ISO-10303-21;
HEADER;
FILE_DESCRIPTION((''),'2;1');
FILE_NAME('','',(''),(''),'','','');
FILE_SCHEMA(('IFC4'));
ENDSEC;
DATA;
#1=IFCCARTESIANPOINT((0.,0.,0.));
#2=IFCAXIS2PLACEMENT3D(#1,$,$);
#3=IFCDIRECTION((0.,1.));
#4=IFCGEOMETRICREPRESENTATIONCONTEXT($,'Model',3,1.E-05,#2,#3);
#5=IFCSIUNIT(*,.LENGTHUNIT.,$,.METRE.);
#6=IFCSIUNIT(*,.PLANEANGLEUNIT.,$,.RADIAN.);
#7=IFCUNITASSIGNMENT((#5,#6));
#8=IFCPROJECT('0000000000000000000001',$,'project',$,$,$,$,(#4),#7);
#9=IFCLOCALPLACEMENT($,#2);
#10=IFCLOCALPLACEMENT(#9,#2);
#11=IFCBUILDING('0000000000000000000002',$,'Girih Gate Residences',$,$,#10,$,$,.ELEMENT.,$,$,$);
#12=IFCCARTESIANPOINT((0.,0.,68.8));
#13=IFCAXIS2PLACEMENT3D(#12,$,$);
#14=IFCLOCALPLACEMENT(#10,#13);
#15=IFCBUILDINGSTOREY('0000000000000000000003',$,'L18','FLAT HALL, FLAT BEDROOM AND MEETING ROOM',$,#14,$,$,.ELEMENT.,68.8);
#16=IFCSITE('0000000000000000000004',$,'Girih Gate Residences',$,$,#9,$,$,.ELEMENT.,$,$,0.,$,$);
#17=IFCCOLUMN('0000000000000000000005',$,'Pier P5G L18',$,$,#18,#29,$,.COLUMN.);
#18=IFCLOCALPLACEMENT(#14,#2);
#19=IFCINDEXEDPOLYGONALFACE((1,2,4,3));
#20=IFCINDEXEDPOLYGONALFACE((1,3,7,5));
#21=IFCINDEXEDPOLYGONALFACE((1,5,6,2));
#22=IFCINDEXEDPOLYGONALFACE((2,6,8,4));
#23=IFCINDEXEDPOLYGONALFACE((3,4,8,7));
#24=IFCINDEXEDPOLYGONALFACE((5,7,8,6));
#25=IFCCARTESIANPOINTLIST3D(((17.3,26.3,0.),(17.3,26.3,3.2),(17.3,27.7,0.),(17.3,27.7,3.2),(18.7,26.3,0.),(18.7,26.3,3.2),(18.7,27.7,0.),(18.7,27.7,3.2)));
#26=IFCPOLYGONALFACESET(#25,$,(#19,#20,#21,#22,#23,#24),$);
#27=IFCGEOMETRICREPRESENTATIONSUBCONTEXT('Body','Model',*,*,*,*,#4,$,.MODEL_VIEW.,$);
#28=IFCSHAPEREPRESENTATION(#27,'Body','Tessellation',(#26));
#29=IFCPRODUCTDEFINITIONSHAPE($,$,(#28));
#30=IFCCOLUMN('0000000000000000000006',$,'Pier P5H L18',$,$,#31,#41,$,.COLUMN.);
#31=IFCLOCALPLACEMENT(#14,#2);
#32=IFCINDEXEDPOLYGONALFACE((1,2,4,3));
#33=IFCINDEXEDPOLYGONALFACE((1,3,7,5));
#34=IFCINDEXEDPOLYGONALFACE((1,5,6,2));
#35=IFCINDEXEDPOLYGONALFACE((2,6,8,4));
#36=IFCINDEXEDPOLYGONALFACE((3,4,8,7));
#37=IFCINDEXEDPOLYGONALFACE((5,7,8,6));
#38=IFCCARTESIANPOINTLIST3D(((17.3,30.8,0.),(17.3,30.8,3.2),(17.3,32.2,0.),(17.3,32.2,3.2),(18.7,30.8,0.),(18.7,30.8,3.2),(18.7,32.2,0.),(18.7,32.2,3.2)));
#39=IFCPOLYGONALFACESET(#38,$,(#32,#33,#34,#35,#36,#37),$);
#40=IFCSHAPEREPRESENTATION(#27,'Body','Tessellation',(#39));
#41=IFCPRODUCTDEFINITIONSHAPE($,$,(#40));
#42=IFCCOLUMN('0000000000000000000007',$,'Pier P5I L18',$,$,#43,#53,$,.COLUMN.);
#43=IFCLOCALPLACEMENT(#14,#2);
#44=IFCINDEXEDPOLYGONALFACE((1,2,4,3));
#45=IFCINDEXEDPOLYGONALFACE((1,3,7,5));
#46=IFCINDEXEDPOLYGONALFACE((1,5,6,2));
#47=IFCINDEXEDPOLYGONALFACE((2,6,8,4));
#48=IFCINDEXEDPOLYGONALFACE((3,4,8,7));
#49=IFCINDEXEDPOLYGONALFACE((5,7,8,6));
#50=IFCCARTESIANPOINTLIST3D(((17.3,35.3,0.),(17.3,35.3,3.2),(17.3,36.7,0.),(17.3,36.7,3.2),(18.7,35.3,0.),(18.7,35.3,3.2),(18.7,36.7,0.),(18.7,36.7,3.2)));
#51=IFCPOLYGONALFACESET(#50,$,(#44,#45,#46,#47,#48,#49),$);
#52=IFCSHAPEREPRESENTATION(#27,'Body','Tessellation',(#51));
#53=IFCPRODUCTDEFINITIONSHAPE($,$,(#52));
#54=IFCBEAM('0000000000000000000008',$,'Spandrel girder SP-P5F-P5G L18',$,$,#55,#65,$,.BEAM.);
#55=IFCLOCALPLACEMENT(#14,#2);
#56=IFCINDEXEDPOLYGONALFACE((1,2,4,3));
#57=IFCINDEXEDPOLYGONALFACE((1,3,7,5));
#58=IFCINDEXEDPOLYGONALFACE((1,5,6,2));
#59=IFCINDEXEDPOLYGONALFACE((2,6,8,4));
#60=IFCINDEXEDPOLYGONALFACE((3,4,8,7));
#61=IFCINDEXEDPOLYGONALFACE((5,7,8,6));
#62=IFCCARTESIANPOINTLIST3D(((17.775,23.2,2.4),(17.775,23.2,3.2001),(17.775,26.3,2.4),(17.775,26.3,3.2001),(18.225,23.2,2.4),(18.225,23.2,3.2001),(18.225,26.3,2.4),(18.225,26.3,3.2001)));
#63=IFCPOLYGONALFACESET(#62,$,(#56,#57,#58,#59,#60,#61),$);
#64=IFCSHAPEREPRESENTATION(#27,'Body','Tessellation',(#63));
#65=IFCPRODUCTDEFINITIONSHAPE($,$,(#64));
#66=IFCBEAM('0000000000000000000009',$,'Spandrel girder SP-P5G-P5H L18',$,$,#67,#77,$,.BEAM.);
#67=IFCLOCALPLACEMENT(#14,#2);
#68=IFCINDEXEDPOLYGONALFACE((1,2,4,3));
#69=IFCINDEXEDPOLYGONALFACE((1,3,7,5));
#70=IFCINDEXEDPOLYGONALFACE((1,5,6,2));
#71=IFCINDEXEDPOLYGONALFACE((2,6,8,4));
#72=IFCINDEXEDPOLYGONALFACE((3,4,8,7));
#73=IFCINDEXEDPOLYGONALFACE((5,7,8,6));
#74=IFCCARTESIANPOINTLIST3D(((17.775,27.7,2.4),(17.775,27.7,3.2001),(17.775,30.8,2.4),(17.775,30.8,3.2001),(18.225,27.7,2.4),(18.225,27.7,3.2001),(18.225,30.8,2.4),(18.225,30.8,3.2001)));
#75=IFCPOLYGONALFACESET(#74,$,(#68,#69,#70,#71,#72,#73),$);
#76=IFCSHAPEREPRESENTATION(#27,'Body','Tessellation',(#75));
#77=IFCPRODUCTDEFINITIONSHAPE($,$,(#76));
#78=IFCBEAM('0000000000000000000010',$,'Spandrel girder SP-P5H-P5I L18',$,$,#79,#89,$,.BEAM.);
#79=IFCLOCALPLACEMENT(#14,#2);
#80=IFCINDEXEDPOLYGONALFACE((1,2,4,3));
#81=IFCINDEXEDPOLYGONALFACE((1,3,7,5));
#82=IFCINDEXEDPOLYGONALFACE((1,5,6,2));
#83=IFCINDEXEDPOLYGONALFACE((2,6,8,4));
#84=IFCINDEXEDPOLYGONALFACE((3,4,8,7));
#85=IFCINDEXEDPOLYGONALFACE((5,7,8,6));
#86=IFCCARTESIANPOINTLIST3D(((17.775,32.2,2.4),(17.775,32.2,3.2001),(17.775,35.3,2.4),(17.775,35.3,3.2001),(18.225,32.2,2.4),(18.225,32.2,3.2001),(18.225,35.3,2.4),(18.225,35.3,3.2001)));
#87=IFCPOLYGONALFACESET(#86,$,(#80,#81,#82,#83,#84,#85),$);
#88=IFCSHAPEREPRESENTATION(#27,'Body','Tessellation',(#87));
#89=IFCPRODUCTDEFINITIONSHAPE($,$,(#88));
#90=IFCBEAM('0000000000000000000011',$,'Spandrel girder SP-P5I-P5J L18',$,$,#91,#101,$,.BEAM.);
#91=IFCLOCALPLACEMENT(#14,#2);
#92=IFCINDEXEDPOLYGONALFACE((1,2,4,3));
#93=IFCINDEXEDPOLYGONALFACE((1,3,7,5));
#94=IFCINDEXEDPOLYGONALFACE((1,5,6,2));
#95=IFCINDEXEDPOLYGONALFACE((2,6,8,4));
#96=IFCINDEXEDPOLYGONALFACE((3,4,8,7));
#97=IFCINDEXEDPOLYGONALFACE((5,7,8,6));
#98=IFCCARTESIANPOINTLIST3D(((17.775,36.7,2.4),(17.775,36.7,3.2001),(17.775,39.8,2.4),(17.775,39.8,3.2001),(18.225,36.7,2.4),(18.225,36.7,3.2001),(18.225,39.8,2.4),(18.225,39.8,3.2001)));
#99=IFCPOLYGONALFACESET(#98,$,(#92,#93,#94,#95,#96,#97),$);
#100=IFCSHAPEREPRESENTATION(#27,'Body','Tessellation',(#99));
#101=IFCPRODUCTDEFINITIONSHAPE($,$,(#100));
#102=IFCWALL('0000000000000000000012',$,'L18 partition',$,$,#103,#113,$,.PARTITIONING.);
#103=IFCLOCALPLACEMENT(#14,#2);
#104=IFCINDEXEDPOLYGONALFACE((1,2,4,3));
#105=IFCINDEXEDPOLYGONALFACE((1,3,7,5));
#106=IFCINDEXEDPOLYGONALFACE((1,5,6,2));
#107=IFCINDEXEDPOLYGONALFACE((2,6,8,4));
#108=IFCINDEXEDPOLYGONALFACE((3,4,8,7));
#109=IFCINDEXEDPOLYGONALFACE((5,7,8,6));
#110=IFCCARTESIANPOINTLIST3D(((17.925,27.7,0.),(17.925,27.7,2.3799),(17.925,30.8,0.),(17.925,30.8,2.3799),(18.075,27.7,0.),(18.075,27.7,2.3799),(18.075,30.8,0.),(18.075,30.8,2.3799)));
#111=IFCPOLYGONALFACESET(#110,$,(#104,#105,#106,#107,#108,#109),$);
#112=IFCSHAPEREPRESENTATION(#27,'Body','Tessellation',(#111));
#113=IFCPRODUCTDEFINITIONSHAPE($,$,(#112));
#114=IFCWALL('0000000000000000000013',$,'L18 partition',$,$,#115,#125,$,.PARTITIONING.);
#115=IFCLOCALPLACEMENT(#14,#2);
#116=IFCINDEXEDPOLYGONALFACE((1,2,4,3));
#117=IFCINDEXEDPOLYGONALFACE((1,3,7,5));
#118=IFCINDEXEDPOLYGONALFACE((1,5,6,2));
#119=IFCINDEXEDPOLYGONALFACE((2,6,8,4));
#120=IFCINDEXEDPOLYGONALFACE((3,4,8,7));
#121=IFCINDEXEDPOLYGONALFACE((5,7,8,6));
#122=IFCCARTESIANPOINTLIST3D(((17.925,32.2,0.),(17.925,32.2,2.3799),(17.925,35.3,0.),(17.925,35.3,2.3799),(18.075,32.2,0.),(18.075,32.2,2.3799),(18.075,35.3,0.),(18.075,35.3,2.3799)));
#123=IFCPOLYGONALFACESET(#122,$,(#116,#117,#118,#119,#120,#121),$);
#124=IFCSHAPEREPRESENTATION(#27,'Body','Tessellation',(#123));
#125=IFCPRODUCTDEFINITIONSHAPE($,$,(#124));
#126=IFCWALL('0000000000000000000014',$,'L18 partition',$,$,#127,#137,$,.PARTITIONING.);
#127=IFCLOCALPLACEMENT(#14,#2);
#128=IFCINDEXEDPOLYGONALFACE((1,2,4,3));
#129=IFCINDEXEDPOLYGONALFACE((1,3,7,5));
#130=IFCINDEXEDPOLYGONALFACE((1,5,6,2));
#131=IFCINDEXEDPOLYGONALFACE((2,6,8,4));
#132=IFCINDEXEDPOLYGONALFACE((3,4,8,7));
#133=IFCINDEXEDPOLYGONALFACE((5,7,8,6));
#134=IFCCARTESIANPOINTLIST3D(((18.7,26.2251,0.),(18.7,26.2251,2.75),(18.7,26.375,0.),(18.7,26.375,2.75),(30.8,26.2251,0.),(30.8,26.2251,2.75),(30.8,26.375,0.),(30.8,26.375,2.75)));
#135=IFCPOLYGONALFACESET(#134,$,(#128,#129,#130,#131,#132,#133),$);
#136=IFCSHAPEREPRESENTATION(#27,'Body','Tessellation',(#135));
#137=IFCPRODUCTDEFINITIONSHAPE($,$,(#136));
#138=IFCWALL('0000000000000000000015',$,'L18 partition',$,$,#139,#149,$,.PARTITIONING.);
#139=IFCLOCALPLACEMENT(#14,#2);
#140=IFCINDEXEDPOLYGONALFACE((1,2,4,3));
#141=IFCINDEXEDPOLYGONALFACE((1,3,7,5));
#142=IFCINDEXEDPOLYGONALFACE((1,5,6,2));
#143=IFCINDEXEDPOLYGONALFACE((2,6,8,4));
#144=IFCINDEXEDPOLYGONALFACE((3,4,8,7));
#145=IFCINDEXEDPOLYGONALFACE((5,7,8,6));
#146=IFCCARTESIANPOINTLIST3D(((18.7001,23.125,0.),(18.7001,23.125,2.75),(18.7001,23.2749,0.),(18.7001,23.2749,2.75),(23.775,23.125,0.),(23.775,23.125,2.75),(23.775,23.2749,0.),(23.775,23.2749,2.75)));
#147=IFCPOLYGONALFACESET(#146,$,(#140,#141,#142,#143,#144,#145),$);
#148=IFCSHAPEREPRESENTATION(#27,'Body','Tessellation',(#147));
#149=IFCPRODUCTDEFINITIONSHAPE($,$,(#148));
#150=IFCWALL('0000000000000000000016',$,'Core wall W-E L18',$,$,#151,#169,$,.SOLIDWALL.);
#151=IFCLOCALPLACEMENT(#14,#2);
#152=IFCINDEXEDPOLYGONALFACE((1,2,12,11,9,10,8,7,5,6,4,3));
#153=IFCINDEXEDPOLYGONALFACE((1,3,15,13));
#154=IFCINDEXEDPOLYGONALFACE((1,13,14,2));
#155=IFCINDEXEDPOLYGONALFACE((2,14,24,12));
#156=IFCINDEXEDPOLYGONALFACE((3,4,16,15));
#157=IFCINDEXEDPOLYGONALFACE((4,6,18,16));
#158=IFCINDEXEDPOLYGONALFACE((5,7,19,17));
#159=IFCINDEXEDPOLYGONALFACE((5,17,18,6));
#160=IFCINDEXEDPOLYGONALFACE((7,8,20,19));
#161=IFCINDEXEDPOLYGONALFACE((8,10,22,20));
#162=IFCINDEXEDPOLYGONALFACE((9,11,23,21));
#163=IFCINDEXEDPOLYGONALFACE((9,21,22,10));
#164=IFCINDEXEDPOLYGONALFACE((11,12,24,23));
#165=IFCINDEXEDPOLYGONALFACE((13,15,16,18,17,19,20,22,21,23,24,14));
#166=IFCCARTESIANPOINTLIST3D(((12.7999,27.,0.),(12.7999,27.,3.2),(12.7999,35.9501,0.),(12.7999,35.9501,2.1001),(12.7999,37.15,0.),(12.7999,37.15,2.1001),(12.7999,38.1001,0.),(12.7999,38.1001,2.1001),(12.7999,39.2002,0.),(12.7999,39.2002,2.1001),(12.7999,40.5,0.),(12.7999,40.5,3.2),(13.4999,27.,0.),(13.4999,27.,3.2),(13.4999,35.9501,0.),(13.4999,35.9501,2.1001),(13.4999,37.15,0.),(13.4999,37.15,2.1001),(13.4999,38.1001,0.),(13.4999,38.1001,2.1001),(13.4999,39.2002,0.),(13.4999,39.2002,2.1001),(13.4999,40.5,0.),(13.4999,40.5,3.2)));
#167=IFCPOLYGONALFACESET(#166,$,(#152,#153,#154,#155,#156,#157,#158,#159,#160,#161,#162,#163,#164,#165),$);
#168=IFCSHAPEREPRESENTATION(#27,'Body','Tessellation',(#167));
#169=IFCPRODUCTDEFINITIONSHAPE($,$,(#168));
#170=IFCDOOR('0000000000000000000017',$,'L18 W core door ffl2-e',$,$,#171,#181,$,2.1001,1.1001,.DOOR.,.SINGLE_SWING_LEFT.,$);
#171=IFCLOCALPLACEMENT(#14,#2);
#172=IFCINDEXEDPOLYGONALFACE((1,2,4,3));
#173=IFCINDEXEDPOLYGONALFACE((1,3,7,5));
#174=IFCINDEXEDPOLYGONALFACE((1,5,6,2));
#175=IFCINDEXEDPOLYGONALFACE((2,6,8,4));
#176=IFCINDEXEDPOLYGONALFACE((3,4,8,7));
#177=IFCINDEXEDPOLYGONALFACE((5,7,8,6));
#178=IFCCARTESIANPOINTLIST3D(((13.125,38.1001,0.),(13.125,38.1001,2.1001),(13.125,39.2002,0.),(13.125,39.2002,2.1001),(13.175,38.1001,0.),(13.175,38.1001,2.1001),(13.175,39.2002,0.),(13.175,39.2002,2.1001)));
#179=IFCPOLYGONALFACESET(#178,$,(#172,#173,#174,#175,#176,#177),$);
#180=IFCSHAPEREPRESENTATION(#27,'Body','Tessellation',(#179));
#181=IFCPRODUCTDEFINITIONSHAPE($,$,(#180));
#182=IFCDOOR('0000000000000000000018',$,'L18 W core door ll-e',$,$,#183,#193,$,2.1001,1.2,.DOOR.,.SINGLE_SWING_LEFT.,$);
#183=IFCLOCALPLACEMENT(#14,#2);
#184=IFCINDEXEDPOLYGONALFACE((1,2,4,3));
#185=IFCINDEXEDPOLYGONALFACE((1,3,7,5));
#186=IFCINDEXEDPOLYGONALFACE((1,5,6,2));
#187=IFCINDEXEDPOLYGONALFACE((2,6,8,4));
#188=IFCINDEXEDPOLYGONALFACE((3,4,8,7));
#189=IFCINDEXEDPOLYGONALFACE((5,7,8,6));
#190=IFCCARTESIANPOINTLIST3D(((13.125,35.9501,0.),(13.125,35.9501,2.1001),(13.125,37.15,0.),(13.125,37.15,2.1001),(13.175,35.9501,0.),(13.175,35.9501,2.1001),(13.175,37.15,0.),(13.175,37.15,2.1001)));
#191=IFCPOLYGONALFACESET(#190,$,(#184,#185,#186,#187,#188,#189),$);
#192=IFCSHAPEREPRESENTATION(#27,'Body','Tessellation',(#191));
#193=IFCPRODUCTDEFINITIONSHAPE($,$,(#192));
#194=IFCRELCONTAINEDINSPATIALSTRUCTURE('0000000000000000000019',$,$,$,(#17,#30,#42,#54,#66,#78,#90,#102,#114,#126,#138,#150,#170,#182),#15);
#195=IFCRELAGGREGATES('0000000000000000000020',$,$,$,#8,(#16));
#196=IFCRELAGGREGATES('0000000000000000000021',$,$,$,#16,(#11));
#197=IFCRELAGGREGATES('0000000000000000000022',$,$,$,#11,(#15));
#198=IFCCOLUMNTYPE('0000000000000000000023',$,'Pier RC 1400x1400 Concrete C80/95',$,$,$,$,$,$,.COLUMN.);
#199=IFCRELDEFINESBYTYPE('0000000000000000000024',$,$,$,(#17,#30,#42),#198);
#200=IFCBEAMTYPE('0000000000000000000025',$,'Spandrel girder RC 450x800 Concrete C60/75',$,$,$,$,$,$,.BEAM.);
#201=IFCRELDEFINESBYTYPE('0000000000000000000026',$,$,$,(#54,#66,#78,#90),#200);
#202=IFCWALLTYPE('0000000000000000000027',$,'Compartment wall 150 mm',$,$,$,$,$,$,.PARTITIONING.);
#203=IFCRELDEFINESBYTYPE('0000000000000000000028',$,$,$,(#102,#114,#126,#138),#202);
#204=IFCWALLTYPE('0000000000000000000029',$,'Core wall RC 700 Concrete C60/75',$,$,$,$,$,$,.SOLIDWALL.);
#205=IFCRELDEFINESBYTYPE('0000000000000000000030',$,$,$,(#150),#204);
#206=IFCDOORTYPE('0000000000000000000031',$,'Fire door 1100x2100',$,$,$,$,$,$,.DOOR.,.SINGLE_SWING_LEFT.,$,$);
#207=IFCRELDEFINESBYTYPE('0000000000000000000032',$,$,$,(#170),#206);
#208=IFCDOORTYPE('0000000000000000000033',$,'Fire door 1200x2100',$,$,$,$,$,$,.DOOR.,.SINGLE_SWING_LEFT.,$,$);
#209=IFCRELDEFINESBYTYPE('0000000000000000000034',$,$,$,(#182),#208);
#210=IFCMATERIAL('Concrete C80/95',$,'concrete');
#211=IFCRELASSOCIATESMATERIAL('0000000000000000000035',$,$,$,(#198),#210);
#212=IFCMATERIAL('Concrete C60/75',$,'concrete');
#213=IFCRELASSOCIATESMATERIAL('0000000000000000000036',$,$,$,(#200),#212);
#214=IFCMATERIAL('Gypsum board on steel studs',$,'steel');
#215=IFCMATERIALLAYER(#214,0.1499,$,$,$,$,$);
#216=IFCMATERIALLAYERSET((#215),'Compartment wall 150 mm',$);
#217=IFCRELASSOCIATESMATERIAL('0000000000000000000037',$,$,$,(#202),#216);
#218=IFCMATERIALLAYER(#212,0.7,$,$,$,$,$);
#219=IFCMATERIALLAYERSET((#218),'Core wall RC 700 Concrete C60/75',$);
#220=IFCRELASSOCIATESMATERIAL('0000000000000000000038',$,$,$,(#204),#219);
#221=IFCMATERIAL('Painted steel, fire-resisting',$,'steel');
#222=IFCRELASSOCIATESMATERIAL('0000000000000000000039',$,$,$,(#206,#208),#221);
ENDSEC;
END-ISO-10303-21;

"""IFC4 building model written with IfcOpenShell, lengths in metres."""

from ifc_helpers import new_model, si_unit, direction, frame, frame_2d, origin, origin_2d, place, context, subcontext, project, spatial, rectangle, extrude, material, layer, layer_set, material_profile, profile_set, type_object, element, fill, save


model = new_model("IFC4")

# Units and contexts
model_context = context("Model", 3, precision=1e-05, world=origin(), true_north=direction((0.0, 1.0)))
body_context = subcontext(model_context, "Body", "Model", "MODEL_VIEW")
ifc_project = project(units=[si_unit("LENGTHUNIT", "METRE"), si_unit("PLANEANGLEUNIT", "RADIAN")], contexts=[model_context])

# Site, building, storey
site_placement = place(None, origin())
site = spatial("IfcSite", under=ifc_project, at=site_placement, Name="Girih Gate Residences", CompositionType="ELEMENT", RefElevation=0.0)
building_placement = place(site_placement, origin())
building = spatial("IfcBuilding", under=site, at=building_placement, Name="Girih Gate Residences", CompositionType="ELEMENT")
storey_placement = place(building_placement, frame((0.0, 0.0, 68.8)))
storey = spatial("IfcBuildingStorey", under=building, at=storey_placement, Name="L18", Description="FLAT HALL, FLAT BEDROOM AND MEETING ROOM", CompositionType="ELEMENT", Elevation=68.8)

# Columns
ifc_material_1 = material(Name="Concrete C80/95", Category="concrete")
ifc_material_profile_1 = material_profile(ifc_material_1, rectangle(XDim=1.3999, YDim=1.3999, at=origin_2d()))
ifc_profile_set_1 = profile_set([ifc_material_profile_1], Name="Concrete C80/95")
column_type = type_object("IfcColumnType", Name="Pier RC 1400x1400 Concrete C80/95", PredefinedType="COLUMN", material=ifc_profile_set_1)
for number, where, z_axis, x_axis, name in (
    (1, (18.0, 27.0, 0.0), (0.0, 0.0, 1.0), (1.0, 0.0, 0.0), "Pier P5G L18"),
    (2, (18.0, 31.5, 0.0), (0.0, 0.0, 1.0), (1.0, 0.0, 0.0), "Pier P5H L18"),
    (3, (18.0, 36.0, 0.0), (0.0, 0.0, 1.0), (1.0, 0.0, 0.0), "Pier P5I L18"),
):
    element("IfcColumn", number, at=place(storey_placement, frame(where, z_axis=z_axis, x_axis=x_axis)), inside=storey, type_object=column_type, Name=name, PredefinedType="COLUMN", context=body_context, shape_type="SweptSolid", body=[
        extrude(rectangle(XDim=1.3999, YDim=1.3999, at=origin_2d()), origin(), (0.0, 0.0, 1.0), 3.2),
    ])

# Beams
ifc_material_2 = material(Name="Concrete C60/75", Category="concrete")
ifc_material_profile_2 = material_profile(ifc_material_2, rectangle(XDim=0.45, YDim=0.8, at=origin_2d()))
ifc_profile_set_2 = profile_set([ifc_material_profile_2], Name="Concrete C60/75")
beam_type = type_object("IfcBeamType", Name="Spandrel girder RC 450x800 Concrete C60/75", PredefinedType="BEAM", material=ifc_profile_set_2)
for number, where, z_axis, x_axis, name in (
    (4, (18.0, 23.2, 2.8), (0.0, 1.0, 0.0), (-1.0, 0.0, 0.0), "Spandrel girder SP-P5F-P5G L18"),
    (5, (18.0, 27.7, 2.8), (0.0, 1.0, 0.0), (-1.0, 0.0, 0.0), "Spandrel girder SP-P5G-P5H L18"),
    (6, (18.0, 32.2, 2.8), (0.0, 1.0, 0.0), (-1.0, 0.0, 0.0), "Spandrel girder SP-P5H-P5I L18"),
    (7, (18.0, 36.7, 2.8), (0.0, 1.0, 0.0), (-1.0, 0.0, 0.0), "Spandrel girder SP-P5I-P5J L18"),
):
    element("IfcBeam", number, at=place(storey_placement, frame(where, z_axis=z_axis, x_axis=x_axis)), inside=storey, type_object=beam_type, Name=name, PredefinedType="BEAM", context=body_context, shape_type="SweptSolid", body=[
        extrude(rectangle(XDim=0.45, YDim=0.8, at=origin_2d()), origin(), (0.0, 0.0, 1.0), 3.1001),
    ])

# Walls
ifc_material_3 = material(Name="Gypsum board on steel studs", Category="steel")
ifc_layer_1 = layer(ifc_material_3, 0.1499)
ifc_layer_set_1 = layer_set([ifc_layer_1], Name="Compartment wall 150 mm")
wall_type_1 = type_object("IfcWallType", Name="Compartment wall 150 mm", PredefinedType="PARTITIONING", material=ifc_layer_set_1)
for number, where, z_axis, x_axis, name in (
    (8, (18.0, 27.7, 0.0), (0.0, 0.0, 1.0), (0.0, 1.0, 0.0), "L18 partition"),
    (9, (18.0, 32.2, 0.0), (0.0, 0.0, 1.0), (0.0, 1.0, 0.0), "L18 partition"),
):
    element("IfcWall", number, at=place(storey_placement, frame(where, z_axis=z_axis, x_axis=x_axis)), inside=storey, type_object=wall_type_1, Name=name, PredefinedType="PARTITIONING", context=body_context, shape_type="SweptSolid", body=[
        extrude(rectangle(XDim=3.1001, YDim=0.1499, at=frame_2d((1.55, 0.0))), origin(), (0.0, 0.0, 1.0), 2.3799),
    ])
wall_1_placement = place(storey_placement, frame((18.7, 26.3, 0.0), z_axis=(0.0, 0.0, 1.0), x_axis=(1.0, 0.0, 0.0)))
element("IfcWall", 10, at=wall_1_placement, inside=storey, type_object=wall_type_1, Name="L18 partition", PredefinedType="PARTITIONING", context=body_context, shape_type="SweptSolid", body=[
    extrude(rectangle(XDim=12.1001, YDim=0.1499, at=frame_2d((6.05, 0.0))), origin(), (0.0, 0.0, 1.0), 2.75),
])
wall_2_placement = place(storey_placement, frame((18.7, 23.2, 0.0), z_axis=(0.0, 0.0, 1.0), x_axis=(1.0, 0.0, 0.0)))
element("IfcWall", 11, at=wall_2_placement, inside=storey, type_object=wall_type_1, Name="L18 partition", PredefinedType="PARTITIONING", context=body_context, shape_type="SweptSolid", body=[
    extrude(rectangle(XDim=5.075, YDim=0.1499, at=frame_2d((2.5376, 0.0))), origin(), (0.0, 0.0, 1.0), 2.75),
])

# Wall, openings, doors
ifc_layer_2 = layer(ifc_material_2, 0.7)
ifc_layer_set_2 = layer_set([ifc_layer_2], Name="Core wall RC 700 Concrete C60/75")
wall_type_2 = type_object("IfcWallType", Name="Core wall RC 700 Concrete C60/75", PredefinedType="SOLIDWALL", material=ifc_layer_set_2)
wall_3_placement = place(storey_placement, frame((13.1499, 27.0, 0.0), z_axis=(0.0, 0.0, 1.0), x_axis=(0.0, 1.0, 0.0)))
wall_3 = element("IfcWall", 12, at=wall_3_placement, inside=storey, type_object=wall_type_2, Name="Core wall W-E L18", PredefinedType="SOLIDWALL", context=body_context, shape_type="SweptSolid", body=[
    extrude(rectangle(XDim=13.5, YDim=0.7, at=frame_2d((6.75, 0.0))), origin(), (0.0, 0.0, 1.0), 3.2),
])
opening_1_placement = place(wall_3_placement, frame((11.1001, 0.0, 0.0)))
opening_1 = element("IfcOpeningElement", 13, at=opening_1_placement, cuts=wall_3, PredefinedType="OPENING", context=body_context, shape_type="SweptSolid", body=[
    extrude(rectangle(XDim=1.1001, YDim=2.1001, at=frame_2d((0.55, 1.05))), frame((0.0, 0.3599, 0.0), z_axis=(0.0, -1.0, 0.0), x_axis=(1.0, 0.0, 0.0)), (0.0, 0.0, 1.0), 0.72),
])
opening_2_placement = place(wall_3_placement, frame((8.95, 0.0, 0.0)))
opening_2 = element("IfcOpeningElement", 14, at=opening_2_placement, cuts=wall_3, PredefinedType="OPENING", context=body_context, shape_type="SweptSolid", body=[
    extrude(rectangle(XDim=1.2, YDim=2.1001, at=frame_2d((0.6001, 1.05))), frame((0.0, 0.3599, 0.0), z_axis=(0.0, -1.0, 0.0), x_axis=(1.0, 0.0, 0.0)), (0.0, 0.0, 1.0), 0.72),
])
ifc_material_4 = material(Name="Painted steel, fire-resisting", Category="steel")
door_type_1 = type_object("IfcDoorType", Name="Fire door 1100x2100", OperationType="SINGLE_SWING_LEFT", PredefinedType="DOOR", material=ifc_material_4)
door_1_placement = place(opening_1_placement, origin())
door_1 = element("IfcDoor", 15, at=door_1_placement, inside=storey, type_object=door_type_1, Name="L18 W core door ffl2-e", OperationType="SINGLE_SWING_LEFT", OverallHeight=2.1001, OverallWidth=1.1001, PredefinedType="DOOR", context=body_context, shape_type="SweptSolid", body=[
    extrude(rectangle(XDim=1.1001, YDim=2.1001, at=frame_2d((0.55, 1.05))), frame((0.0, 0.0249, 0.0), z_axis=(0.0, -1.0, 0.0), x_axis=(1.0, 0.0, 0.0)), (0.0, 0.0, 1.0), 0.05),
])
fill(opening_1, door_1)
door_type_2 = type_object("IfcDoorType", Name="Fire door 1200x2100", OperationType="SINGLE_SWING_LEFT", PredefinedType="DOOR", material=ifc_material_4)
door_2_placement = place(opening_2_placement, origin())
door_2 = element("IfcDoor", 16, at=door_2_placement, inside=storey, type_object=door_type_2, Name="L18 W core door ll-e", OperationType="SINGLE_SWING_LEFT", OverallHeight=2.1001, OverallWidth=1.2, PredefinedType="DOOR", context=body_context, shape_type="SweptSolid", body=[
    extrude(rectangle(XDim=1.2, YDim=2.1001, at=frame_2d((0.6001, 1.05))), frame((0.0, 0.0249, 0.0), z_axis=(0.0, -1.0, 0.0), x_axis=(1.0, 0.0, 0.0)), (0.0, 0.0, 1.0), 0.05),
])
fill(opening_2, door_2)

save(model, "model.ifc")
